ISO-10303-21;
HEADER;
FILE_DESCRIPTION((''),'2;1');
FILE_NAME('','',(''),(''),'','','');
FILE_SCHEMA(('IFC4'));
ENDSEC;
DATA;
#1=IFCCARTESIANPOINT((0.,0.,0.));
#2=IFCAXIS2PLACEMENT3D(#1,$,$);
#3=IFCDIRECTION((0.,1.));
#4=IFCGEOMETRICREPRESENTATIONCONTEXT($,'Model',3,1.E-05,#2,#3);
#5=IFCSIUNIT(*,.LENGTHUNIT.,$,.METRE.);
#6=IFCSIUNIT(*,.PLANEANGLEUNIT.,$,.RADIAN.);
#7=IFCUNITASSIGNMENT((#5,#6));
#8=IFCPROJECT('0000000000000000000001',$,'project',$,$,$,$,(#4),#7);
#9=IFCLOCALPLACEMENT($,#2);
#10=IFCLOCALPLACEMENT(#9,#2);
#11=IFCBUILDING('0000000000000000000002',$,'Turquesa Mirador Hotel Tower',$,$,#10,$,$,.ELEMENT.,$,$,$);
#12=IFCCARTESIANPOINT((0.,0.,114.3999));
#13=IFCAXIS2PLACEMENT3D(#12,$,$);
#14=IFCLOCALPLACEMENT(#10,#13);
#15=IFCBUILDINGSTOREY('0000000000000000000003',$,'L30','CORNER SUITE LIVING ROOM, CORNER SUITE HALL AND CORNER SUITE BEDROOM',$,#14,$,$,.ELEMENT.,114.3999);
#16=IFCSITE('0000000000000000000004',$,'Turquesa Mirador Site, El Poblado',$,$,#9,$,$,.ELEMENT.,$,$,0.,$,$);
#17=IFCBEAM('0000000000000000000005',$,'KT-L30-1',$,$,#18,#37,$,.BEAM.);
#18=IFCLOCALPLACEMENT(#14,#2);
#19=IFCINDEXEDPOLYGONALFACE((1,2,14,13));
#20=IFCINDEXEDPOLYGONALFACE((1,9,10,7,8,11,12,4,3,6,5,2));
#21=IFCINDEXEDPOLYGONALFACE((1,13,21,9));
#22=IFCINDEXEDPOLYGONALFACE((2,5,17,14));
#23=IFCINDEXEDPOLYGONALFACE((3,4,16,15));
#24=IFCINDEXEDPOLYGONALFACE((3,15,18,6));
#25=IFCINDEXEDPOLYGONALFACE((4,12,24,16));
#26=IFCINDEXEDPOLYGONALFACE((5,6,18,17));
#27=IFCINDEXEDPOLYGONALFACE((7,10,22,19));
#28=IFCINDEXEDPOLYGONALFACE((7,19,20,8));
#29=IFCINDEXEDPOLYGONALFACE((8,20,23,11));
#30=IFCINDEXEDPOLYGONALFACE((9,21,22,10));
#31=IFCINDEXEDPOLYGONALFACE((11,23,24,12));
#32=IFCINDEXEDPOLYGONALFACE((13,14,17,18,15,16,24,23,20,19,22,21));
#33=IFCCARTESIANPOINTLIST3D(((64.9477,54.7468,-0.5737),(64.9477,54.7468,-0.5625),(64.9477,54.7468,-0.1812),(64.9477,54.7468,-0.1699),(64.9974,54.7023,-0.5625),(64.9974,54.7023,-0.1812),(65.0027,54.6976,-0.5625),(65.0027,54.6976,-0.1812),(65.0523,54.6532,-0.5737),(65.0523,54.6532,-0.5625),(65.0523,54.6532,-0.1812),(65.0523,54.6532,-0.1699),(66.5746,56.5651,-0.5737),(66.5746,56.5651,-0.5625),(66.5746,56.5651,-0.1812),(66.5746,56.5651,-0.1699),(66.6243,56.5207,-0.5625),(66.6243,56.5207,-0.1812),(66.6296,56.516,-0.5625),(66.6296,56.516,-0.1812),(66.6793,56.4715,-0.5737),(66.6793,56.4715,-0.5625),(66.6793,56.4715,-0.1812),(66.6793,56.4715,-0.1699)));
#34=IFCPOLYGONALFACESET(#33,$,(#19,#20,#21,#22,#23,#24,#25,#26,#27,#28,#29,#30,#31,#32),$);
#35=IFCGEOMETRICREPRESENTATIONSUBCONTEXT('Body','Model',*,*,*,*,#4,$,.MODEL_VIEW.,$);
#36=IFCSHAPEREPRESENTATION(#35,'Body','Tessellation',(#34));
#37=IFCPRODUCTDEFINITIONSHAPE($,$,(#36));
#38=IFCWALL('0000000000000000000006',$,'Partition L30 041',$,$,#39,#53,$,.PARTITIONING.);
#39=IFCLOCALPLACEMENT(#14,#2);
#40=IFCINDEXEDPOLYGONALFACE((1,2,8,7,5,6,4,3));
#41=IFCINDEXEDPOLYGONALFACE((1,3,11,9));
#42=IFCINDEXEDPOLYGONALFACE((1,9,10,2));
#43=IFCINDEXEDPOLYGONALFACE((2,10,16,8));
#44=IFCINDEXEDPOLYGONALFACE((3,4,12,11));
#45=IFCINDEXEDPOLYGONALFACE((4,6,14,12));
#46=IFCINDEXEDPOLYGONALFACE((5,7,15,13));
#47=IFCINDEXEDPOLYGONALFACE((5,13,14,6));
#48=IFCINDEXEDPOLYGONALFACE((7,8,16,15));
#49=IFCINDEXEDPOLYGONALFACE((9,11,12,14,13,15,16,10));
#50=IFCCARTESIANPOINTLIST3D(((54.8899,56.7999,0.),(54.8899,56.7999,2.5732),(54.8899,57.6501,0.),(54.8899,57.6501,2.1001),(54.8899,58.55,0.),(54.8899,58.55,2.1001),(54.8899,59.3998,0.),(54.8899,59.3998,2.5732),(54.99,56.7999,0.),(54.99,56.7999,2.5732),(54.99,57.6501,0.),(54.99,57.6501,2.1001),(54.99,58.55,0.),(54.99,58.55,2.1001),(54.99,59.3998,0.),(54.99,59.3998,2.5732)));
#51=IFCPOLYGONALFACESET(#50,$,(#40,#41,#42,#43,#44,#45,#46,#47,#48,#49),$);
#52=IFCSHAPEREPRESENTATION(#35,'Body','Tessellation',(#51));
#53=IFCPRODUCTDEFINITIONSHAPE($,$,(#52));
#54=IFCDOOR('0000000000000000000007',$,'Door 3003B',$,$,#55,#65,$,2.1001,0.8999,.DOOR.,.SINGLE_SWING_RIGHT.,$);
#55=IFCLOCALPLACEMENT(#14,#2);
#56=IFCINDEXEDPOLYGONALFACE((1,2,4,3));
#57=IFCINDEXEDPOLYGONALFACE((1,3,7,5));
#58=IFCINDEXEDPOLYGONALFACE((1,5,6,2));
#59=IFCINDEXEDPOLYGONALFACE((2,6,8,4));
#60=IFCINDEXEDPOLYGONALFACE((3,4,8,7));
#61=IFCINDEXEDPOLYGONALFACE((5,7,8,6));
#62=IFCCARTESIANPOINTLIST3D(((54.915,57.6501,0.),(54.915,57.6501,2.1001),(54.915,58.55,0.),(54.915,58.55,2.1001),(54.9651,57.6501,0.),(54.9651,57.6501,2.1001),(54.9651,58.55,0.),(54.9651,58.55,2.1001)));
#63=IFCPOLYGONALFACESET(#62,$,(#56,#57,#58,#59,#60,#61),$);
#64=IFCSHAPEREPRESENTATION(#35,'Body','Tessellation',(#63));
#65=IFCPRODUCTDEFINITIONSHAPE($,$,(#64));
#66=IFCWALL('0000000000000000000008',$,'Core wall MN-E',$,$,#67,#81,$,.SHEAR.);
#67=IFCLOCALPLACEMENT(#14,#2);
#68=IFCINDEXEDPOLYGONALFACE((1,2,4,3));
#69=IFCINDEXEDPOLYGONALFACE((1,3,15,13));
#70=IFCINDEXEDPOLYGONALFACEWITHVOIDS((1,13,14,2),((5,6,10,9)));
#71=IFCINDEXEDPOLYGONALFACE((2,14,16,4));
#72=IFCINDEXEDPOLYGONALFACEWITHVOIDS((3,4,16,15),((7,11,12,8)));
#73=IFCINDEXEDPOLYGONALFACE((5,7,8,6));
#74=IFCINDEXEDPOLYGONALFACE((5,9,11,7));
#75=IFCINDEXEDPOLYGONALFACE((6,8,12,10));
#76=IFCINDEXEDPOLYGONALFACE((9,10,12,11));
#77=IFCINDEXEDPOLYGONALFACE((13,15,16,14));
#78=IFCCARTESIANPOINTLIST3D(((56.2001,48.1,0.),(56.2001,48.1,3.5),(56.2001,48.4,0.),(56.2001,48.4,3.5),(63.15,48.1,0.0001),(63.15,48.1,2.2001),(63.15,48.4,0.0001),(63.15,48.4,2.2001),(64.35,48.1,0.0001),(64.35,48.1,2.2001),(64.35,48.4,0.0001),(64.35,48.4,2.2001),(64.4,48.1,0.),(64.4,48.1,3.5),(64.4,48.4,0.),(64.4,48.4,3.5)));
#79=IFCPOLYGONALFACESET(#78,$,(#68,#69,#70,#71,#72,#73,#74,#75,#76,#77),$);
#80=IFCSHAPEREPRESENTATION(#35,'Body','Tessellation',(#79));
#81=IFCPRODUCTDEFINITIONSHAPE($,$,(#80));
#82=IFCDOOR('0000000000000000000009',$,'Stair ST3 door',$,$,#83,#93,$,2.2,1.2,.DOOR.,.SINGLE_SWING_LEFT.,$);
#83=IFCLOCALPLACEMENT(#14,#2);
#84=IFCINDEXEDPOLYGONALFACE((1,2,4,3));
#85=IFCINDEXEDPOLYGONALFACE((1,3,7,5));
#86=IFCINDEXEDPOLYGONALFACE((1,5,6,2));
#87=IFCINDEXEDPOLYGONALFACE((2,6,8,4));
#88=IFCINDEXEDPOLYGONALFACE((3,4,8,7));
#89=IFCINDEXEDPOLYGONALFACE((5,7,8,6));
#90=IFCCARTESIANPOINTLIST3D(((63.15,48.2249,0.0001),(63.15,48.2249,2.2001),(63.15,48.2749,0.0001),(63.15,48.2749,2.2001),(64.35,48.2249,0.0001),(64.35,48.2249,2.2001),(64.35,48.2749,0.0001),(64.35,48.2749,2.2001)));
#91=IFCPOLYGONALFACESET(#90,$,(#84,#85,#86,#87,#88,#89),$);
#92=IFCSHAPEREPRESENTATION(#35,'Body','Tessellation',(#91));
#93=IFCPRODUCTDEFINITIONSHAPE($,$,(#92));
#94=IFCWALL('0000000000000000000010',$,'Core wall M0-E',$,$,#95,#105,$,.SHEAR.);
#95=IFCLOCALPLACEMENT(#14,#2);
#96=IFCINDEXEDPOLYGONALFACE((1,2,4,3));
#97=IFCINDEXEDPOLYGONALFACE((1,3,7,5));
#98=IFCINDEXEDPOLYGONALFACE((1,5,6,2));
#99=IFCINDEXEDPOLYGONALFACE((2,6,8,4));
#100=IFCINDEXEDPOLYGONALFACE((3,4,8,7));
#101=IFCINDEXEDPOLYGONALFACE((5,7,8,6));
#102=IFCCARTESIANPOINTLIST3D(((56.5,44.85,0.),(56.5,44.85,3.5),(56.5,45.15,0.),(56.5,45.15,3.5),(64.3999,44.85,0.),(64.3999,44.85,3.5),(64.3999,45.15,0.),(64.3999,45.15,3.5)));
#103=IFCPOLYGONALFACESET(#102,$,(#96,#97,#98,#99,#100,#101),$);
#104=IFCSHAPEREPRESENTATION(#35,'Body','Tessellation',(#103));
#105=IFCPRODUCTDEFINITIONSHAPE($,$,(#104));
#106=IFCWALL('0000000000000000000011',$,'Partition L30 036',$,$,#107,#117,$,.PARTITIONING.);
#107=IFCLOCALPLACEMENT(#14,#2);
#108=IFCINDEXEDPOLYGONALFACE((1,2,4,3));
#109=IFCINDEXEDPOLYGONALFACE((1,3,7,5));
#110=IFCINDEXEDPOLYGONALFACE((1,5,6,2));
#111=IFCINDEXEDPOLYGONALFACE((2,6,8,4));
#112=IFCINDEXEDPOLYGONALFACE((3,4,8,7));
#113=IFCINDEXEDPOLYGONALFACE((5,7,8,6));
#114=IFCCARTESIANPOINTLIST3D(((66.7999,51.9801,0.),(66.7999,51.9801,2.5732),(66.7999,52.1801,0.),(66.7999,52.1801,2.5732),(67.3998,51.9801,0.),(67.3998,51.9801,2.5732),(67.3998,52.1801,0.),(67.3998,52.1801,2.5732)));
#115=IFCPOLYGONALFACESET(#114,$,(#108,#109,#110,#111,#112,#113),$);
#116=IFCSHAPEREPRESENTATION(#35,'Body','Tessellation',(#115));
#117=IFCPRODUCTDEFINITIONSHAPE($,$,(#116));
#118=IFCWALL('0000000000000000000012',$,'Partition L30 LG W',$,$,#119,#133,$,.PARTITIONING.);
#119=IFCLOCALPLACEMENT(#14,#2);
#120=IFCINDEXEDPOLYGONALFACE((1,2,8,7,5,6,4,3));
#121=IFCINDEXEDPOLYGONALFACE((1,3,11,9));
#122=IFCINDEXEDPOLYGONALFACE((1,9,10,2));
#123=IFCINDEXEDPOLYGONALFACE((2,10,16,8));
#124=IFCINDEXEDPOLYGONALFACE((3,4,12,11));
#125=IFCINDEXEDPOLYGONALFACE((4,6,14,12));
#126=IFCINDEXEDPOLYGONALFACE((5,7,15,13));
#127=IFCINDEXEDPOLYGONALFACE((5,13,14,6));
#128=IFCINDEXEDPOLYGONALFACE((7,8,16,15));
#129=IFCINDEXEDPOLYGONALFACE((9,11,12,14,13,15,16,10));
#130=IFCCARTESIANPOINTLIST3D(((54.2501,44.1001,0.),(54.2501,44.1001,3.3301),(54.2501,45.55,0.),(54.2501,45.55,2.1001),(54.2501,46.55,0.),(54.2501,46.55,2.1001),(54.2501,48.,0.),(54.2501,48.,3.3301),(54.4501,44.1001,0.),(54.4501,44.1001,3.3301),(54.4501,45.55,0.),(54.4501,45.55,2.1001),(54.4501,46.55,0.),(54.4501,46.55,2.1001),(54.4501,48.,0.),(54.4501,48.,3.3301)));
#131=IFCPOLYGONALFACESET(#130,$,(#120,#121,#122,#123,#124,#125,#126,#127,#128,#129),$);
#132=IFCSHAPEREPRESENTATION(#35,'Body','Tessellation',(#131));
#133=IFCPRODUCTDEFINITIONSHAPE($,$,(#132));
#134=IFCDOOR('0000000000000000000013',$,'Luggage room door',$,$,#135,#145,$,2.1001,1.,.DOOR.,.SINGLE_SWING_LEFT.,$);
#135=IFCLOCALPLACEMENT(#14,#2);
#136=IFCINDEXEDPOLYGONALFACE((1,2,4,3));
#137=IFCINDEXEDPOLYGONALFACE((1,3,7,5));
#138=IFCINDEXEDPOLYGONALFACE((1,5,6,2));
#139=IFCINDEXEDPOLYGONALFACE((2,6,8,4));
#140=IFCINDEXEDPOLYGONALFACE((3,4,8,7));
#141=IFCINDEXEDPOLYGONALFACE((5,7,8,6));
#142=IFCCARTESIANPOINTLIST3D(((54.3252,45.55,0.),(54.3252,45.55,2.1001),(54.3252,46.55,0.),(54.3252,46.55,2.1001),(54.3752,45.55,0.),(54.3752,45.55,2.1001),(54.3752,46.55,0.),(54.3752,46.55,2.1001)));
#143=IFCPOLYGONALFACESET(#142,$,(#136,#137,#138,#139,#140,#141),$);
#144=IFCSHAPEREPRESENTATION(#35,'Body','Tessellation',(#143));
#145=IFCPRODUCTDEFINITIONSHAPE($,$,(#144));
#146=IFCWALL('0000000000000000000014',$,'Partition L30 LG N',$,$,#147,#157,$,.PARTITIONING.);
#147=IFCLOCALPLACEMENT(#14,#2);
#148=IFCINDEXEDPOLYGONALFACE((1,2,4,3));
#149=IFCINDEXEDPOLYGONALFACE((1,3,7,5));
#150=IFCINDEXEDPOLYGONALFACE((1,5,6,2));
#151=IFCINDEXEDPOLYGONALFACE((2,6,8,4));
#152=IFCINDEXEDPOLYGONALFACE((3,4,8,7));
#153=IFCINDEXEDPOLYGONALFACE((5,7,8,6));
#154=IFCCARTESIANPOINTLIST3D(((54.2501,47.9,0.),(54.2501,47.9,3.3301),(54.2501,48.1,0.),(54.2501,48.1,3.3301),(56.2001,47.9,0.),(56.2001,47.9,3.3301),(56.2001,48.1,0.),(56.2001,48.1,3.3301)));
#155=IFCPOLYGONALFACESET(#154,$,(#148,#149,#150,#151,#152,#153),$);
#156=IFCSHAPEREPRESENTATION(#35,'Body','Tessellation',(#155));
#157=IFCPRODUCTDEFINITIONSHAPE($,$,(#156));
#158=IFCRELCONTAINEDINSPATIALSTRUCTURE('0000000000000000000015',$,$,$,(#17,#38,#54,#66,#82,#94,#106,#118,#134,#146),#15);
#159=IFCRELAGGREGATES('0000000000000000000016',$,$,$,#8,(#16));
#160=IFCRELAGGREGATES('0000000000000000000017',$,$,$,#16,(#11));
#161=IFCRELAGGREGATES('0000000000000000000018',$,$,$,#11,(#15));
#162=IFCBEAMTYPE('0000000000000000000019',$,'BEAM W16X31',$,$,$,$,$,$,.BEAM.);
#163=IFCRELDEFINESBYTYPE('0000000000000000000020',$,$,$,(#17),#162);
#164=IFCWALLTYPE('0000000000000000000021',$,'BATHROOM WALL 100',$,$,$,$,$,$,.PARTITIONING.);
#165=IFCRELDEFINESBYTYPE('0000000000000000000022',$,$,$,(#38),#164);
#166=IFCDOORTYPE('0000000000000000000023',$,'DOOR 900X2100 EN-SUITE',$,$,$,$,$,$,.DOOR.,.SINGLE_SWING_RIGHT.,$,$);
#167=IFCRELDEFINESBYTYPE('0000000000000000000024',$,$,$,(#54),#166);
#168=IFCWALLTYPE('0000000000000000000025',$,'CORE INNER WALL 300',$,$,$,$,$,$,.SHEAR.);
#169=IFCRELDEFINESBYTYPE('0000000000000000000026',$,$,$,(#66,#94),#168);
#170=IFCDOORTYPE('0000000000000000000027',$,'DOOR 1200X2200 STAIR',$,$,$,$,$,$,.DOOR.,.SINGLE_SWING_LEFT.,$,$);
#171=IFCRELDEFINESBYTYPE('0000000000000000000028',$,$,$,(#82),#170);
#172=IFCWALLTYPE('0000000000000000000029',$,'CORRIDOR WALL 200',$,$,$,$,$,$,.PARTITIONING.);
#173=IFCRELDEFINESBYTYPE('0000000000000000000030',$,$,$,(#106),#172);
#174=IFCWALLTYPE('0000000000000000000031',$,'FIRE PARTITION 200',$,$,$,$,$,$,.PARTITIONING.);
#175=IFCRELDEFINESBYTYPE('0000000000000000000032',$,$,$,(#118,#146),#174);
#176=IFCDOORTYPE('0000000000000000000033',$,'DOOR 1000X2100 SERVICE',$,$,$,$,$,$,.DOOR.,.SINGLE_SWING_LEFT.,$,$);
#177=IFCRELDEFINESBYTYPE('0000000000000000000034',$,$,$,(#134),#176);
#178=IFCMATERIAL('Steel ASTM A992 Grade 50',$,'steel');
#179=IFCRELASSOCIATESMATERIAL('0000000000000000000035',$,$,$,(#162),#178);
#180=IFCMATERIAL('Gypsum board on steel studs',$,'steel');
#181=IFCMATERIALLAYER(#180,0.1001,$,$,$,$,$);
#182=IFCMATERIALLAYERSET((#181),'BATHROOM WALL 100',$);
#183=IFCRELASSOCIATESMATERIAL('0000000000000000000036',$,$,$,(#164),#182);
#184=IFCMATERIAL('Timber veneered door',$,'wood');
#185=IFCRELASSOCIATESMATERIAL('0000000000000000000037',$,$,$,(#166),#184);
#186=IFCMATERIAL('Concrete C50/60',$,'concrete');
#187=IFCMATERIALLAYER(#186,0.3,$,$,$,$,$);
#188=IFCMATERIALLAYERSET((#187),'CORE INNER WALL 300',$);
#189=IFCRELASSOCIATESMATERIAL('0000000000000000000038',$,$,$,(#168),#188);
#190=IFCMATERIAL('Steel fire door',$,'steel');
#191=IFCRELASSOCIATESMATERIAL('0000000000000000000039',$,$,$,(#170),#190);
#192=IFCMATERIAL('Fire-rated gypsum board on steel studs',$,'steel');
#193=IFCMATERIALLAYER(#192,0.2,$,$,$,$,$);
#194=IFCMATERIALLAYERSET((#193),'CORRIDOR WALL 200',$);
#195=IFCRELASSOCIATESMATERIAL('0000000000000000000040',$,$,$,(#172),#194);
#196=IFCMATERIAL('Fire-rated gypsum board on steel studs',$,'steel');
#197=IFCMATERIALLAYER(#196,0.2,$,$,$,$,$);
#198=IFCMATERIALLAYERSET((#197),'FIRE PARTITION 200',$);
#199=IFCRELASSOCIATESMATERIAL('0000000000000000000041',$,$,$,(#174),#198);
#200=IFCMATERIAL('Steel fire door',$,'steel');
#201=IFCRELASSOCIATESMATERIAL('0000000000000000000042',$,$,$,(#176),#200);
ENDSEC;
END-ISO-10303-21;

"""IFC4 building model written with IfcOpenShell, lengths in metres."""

from ifc_helpers import new_model, si_unit, direction, frame, frame_2d, origin, origin_2d, place, context, subcontext, project, spatial, rectangle, i_section, extrude, material, layer, layer_set, material_profile, profile_set, type_object, element, fill, save


model = new_model("IFC4")

# Units and contexts
model_context = context("Model", 3, precision=1e-05, world=origin(), true_north=direction((0.0, 1.0)))
body_context = subcontext(model_context, "Body", "Model", "MODEL_VIEW")
ifc_project = project(units=[si_unit("LENGTHUNIT", "METRE"), si_unit("PLANEANGLEUNIT", "RADIAN")], contexts=[model_context])

# Site, building, storey
site_placement = place(None, origin())
site = spatial("IfcSite", under=ifc_project, at=site_placement, Name="Turquesa Mirador Site, El Poblado", CompositionType="ELEMENT", RefElevation=0.0)
building_placement = place(site_placement, origin())
building = spatial("IfcBuilding", under=site, at=building_placement, Name="Turquesa Mirador Hotel Tower", CompositionType="ELEMENT")
storey_placement = place(building_placement, frame((0.0, 0.0, 114.3999)))
storey = spatial("IfcBuildingStorey", under=building, at=storey_placement, Name="L30", Description="CORNER SUITE LIVING ROOM, CORNER SUITE HALL AND CORNER SUITE BEDROOM", CompositionType="ELEMENT", Elevation=114.3999)

# Beam
ifc_material_1 = material(Name="Steel ASTM A992 Grade 50", Category="steel")
ifc_material_profile = material_profile(ifc_material_1, i_section(OverallWidth=0.1404, OverallDepth=0.4038, WebThickness=0.0071, FlangeThickness=0.0112, at=origin_2d()), Name="W16X31")
ifc_profile_set = profile_set([ifc_material_profile], Name="Steel ASTM A992 Grade 50")
beam_type = type_object("IfcBeamType", Name="BEAM W16X31", PredefinedType="BEAM", material=ifc_profile_set)
beam_placement = place(storey_placement, frame((66.627, 56.5183, -0.3718), z_axis=(-0.666795, -0.745241, 0.0), x_axis=(0.745241, -0.666795, 0.0)))
element("IfcBeam", 1, at=beam_placement, inside=storey, type_object=beam_type, Name="KT-L30-1", PredefinedType="BEAM", context=body_context, shape_type="SweptSolid", body=[
    extrude(i_section(OverallWidth=0.1404, OverallDepth=0.4038, WebThickness=0.0071, FlangeThickness=0.0112, at=origin_2d()), origin(), (0.0, 0.0, 1.0), 2.4399),
])

# Walls, openings, doors
ifc_material_2 = material(Name="Gypsum board on steel studs", Category="steel")
ifc_layer_1 = layer(ifc_material_2, 0.1001)
ifc_layer_set_1 = layer_set([ifc_layer_1], Name="BATHROOM WALL 100")
wall_type_1 = type_object("IfcWallType", Name="BATHROOM WALL 100", PredefinedType="PARTITIONING", material=ifc_layer_set_1)
wall_1_placement = place(storey_placement, frame((54.9399, 56.8, 0.0), z_axis=(0.0, 0.0, 1.0), x_axis=(0.0, 1.0, 0.0)))
wall_1 = element("IfcWall", 2, at=wall_1_placement, inside=storey, type_object=wall_type_1, Name="Partition L30 041", PredefinedType="PARTITIONING", context=body_context, shape_type="SweptSolid", body=[
    extrude(rectangle(XDim=2.5999, YDim=0.1001, at=frame_2d((1.2998, 0.0))), origin(), (0.0, 0.0, 1.0), 2.5732),
])
opening_1_placement = place(wall_1_placement, frame((0.8501, 0.0, 0.0)))
opening_1 = element("IfcOpeningElement", 3, at=opening_1_placement, cuts=wall_1, PredefinedType="OPENING", context=body_context, shape_type="SweptSolid", body=[
    extrude(rectangle(XDim=0.8999, YDim=2.1001, at=frame_2d((0.45, 1.05))), frame((0.0, 0.0601, 0.0), z_axis=(0.0, -1.0, 0.0), x_axis=(1.0, 0.0, 0.0)), (0.0, 0.0, 1.0), 0.1201),
])
ifc_material_3 = material(Name="Timber veneered door", Category="wood")
door_type_1 = type_object("IfcDoorType", Name="DOOR 900X2100 EN-SUITE", OperationType="SINGLE_SWING_RIGHT", PredefinedType="DOOR", material=ifc_material_3)
door_1_placement = place(opening_1_placement, origin())
door_1 = element("IfcDoor", 4, at=door_1_placement, inside=storey, type_object=door_type_1, Name="Door 3003B", OperationType="SINGLE_SWING_RIGHT", OverallHeight=2.1001, OverallWidth=0.8999, PredefinedType="DOOR", context=body_context, shape_type="SweptSolid", body=[
    extrude(rectangle(XDim=0.8999, YDim=2.1001, at=frame_2d((0.45, 1.05))), frame((0.0, 0.0249, 0.0), z_axis=(0.0, -1.0, 0.0), x_axis=(1.0, 0.0, 0.0)), (0.0, 0.0, 1.0), 0.05),
])
fill(opening_1, door_1)
ifc_material_4 = material(Name="Concrete C50/60", Category="concrete")
ifc_layer_2 = layer(ifc_material_4, 0.3)
ifc_layer_set_2 = layer_set([ifc_layer_2], Name="CORE INNER WALL 300")
wall_type_2 = type_object("IfcWallType", Name="CORE INNER WALL 300", PredefinedType="SHEAR", material=ifc_layer_set_2)
wall_2_placement = place(storey_placement, frame((56.2, 48.25, 0.0), z_axis=(0.0, 0.0, 1.0), x_axis=(1.0, 0.0, 0.0)))
wall_2 = element("IfcWall", 5, at=wall_2_placement, inside=storey, type_object=wall_type_2, Name="Core wall MN-E", PredefinedType="SHEAR", context=body_context, shape_type="SweptSolid", body=[
    extrude(rectangle(XDim=8.2, YDim=0.3, at=frame_2d((4.1001, 0.0))), origin(), (0.0, 0.0, 1.0), 3.5),
])
opening_2_placement = place(wall_2_placement, frame((6.95, 0.0, 0.0)))
opening_2 = element("IfcOpeningElement", 6, at=opening_2_placement, cuts=wall_2, PredefinedType="OPENING", context=body_context, shape_type="SweptSolid", body=[
    extrude(rectangle(XDim=1.2, YDim=2.2, at=frame_2d((0.6001, 1.1001))), frame((0.0, 0.1599, 0.0), z_axis=(0.0, -1.0, 0.0), x_axis=(1.0, 0.0, 0.0)), (0.0, 0.0, 1.0), 0.3201),
])
ifc_material_5 = material(Name="Steel fire door", Category="steel")
door_type_2 = type_object("IfcDoorType", Name="DOOR 1200X2200 STAIR", OperationType="SINGLE_SWING_LEFT", PredefinedType="DOOR", material=ifc_material_5)
door_2_placement = place(opening_2_placement, origin())
door_2 = element("IfcDoor", 7, at=door_2_placement, inside=storey, type_object=door_type_2, Name="Stair ST3 door", OperationType="SINGLE_SWING_LEFT", OverallHeight=2.2, OverallWidth=1.2, PredefinedType="DOOR", context=body_context, shape_type="SweptSolid", body=[
    extrude(rectangle(XDim=1.2, YDim=2.2, at=frame_2d((0.6001, 1.1001))), frame((0.0, 0.0249, 0.0), z_axis=(0.0, -1.0, 0.0), x_axis=(1.0, 0.0, 0.0)), (0.0, 0.0, 1.0), 0.05),
])
fill(opening_2, door_2)

# Walls
wall_3_placement = place(storey_placement, frame((56.5, 45.0, 0.0), z_axis=(0.0, 0.0, 1.0), x_axis=(1.0, 0.0, 0.0)))
element("IfcWall", 8, at=wall_3_placement, inside=storey, type_object=wall_type_2, Name="Core wall M0-E", PredefinedType="SHEAR", context=body_context, shape_type="SweptSolid", body=[
    extrude(rectangle(XDim=7.8999, YDim=0.3, at=frame_2d((3.95, 0.0))), origin(), (0.0, 0.0, 1.0), 3.5),
])
ifc_material_6 = material(Name="Fire-rated gypsum board on steel studs", Category="steel")
ifc_layer_3 = layer(ifc_material_6, 0.2)
ifc_layer_set_3 = layer_set([ifc_layer_3], Name="CORRIDOR WALL 200")
wall_type_3 = type_object("IfcWallType", Name="CORRIDOR WALL 200", PredefinedType="PARTITIONING", material=ifc_layer_set_3)
wall_4_placement = place(storey_placement, frame((66.8, 52.0801, 0.0), z_axis=(0.0, 0.0, 1.0), x_axis=(1.0, 0.0, 0.0)))
element("IfcWall", 9, at=wall_4_placement, inside=storey, type_object=wall_type_3, Name="Partition L30 036", PredefinedType="PARTITIONING", context=body_context, shape_type="SweptSolid", body=[
    extrude(rectangle(XDim=0.5999, YDim=0.2, at=frame_2d((0.2998, 0.0))), origin(), (0.0, 0.0, 1.0), 2.5732),
])

# Wall, opening, door
ifc_material_7 = material(Name="Fire-rated gypsum board on steel studs", Category="steel")
ifc_layer_4 = layer(ifc_material_7, 0.2)
ifc_layer_set_4 = layer_set([ifc_layer_4], Name="FIRE PARTITION 200")
wall_type_4 = type_object("IfcWallType", Name="FIRE PARTITION 200", PredefinedType="PARTITIONING", material=ifc_layer_set_4)
wall_5_placement = place(storey_placement, frame((54.3501, 44.1001, 0.0), z_axis=(0.0, 0.0, 1.0), x_axis=(0.0, 1.0, 0.0)))
wall_5 = element("IfcWall", 10, at=wall_5_placement, inside=storey, type_object=wall_type_4, Name="Partition L30 LG W", PredefinedType="PARTITIONING", context=body_context, shape_type="SweptSolid", body=[
    extrude(rectangle(XDim=3.8999, YDim=0.2, at=frame_2d((1.95, 0.0))), origin(), (0.0, 0.0, 1.0), 3.3301),
])
opening_3_placement = place(wall_5_placement, frame((1.45, 0.0, 0.0)))
opening_3 = element("IfcOpeningElement", 11, at=opening_3_placement, cuts=wall_5, PredefinedType="OPENING", context=body_context, shape_type="SweptSolid", body=[
    extrude(rectangle(XDim=1.0, YDim=2.1001, at=frame_2d((0.5, 1.05))), frame((0.0, 0.1099, 0.0), z_axis=(0.0, -1.0, 0.0), x_axis=(1.0, 0.0, 0.0)), (0.0, 0.0, 1.0), 0.22),
])
ifc_material_8 = material(Name="Steel fire door", Category="steel")
door_type_3 = type_object("IfcDoorType", Name="DOOR 1000X2100 SERVICE", OperationType="SINGLE_SWING_LEFT", PredefinedType="DOOR", material=ifc_material_8)
door_3_placement = place(opening_3_placement, origin())
door_3 = element("IfcDoor", 12, at=door_3_placement, inside=storey, type_object=door_type_3, Name="Luggage room door", OperationType="SINGLE_SWING_LEFT", OverallHeight=2.1001, OverallWidth=1.0, PredefinedType="DOOR", context=body_context, shape_type="SweptSolid", body=[
    extrude(rectangle(XDim=1.0, YDim=2.1001, at=frame_2d((0.5, 1.05))), frame((0.0, 0.0249, 0.0), z_axis=(0.0, -1.0, 0.0), x_axis=(1.0, 0.0, 0.0)), (0.0, 0.0, 1.0), 0.05),
])
fill(opening_3, door_3)

# Wall
wall_6_placement = place(storey_placement, frame((54.25, 48.0, 0.0), z_axis=(0.0, 0.0, 1.0), x_axis=(1.0, 0.0, 0.0)))
element("IfcWall", 13, at=wall_6_placement, inside=storey, type_object=wall_type_4, Name="Partition L30 LG N", PredefinedType="PARTITIONING", context=body_context, shape_type="SweptSolid", body=[
    extrude(rectangle(XDim=1.95, YDim=0.2, at=frame_2d((0.9751, 0.0))), origin(), (0.0, 0.0, 1.0), 3.3301),
])

save(model, "model.ifc")
